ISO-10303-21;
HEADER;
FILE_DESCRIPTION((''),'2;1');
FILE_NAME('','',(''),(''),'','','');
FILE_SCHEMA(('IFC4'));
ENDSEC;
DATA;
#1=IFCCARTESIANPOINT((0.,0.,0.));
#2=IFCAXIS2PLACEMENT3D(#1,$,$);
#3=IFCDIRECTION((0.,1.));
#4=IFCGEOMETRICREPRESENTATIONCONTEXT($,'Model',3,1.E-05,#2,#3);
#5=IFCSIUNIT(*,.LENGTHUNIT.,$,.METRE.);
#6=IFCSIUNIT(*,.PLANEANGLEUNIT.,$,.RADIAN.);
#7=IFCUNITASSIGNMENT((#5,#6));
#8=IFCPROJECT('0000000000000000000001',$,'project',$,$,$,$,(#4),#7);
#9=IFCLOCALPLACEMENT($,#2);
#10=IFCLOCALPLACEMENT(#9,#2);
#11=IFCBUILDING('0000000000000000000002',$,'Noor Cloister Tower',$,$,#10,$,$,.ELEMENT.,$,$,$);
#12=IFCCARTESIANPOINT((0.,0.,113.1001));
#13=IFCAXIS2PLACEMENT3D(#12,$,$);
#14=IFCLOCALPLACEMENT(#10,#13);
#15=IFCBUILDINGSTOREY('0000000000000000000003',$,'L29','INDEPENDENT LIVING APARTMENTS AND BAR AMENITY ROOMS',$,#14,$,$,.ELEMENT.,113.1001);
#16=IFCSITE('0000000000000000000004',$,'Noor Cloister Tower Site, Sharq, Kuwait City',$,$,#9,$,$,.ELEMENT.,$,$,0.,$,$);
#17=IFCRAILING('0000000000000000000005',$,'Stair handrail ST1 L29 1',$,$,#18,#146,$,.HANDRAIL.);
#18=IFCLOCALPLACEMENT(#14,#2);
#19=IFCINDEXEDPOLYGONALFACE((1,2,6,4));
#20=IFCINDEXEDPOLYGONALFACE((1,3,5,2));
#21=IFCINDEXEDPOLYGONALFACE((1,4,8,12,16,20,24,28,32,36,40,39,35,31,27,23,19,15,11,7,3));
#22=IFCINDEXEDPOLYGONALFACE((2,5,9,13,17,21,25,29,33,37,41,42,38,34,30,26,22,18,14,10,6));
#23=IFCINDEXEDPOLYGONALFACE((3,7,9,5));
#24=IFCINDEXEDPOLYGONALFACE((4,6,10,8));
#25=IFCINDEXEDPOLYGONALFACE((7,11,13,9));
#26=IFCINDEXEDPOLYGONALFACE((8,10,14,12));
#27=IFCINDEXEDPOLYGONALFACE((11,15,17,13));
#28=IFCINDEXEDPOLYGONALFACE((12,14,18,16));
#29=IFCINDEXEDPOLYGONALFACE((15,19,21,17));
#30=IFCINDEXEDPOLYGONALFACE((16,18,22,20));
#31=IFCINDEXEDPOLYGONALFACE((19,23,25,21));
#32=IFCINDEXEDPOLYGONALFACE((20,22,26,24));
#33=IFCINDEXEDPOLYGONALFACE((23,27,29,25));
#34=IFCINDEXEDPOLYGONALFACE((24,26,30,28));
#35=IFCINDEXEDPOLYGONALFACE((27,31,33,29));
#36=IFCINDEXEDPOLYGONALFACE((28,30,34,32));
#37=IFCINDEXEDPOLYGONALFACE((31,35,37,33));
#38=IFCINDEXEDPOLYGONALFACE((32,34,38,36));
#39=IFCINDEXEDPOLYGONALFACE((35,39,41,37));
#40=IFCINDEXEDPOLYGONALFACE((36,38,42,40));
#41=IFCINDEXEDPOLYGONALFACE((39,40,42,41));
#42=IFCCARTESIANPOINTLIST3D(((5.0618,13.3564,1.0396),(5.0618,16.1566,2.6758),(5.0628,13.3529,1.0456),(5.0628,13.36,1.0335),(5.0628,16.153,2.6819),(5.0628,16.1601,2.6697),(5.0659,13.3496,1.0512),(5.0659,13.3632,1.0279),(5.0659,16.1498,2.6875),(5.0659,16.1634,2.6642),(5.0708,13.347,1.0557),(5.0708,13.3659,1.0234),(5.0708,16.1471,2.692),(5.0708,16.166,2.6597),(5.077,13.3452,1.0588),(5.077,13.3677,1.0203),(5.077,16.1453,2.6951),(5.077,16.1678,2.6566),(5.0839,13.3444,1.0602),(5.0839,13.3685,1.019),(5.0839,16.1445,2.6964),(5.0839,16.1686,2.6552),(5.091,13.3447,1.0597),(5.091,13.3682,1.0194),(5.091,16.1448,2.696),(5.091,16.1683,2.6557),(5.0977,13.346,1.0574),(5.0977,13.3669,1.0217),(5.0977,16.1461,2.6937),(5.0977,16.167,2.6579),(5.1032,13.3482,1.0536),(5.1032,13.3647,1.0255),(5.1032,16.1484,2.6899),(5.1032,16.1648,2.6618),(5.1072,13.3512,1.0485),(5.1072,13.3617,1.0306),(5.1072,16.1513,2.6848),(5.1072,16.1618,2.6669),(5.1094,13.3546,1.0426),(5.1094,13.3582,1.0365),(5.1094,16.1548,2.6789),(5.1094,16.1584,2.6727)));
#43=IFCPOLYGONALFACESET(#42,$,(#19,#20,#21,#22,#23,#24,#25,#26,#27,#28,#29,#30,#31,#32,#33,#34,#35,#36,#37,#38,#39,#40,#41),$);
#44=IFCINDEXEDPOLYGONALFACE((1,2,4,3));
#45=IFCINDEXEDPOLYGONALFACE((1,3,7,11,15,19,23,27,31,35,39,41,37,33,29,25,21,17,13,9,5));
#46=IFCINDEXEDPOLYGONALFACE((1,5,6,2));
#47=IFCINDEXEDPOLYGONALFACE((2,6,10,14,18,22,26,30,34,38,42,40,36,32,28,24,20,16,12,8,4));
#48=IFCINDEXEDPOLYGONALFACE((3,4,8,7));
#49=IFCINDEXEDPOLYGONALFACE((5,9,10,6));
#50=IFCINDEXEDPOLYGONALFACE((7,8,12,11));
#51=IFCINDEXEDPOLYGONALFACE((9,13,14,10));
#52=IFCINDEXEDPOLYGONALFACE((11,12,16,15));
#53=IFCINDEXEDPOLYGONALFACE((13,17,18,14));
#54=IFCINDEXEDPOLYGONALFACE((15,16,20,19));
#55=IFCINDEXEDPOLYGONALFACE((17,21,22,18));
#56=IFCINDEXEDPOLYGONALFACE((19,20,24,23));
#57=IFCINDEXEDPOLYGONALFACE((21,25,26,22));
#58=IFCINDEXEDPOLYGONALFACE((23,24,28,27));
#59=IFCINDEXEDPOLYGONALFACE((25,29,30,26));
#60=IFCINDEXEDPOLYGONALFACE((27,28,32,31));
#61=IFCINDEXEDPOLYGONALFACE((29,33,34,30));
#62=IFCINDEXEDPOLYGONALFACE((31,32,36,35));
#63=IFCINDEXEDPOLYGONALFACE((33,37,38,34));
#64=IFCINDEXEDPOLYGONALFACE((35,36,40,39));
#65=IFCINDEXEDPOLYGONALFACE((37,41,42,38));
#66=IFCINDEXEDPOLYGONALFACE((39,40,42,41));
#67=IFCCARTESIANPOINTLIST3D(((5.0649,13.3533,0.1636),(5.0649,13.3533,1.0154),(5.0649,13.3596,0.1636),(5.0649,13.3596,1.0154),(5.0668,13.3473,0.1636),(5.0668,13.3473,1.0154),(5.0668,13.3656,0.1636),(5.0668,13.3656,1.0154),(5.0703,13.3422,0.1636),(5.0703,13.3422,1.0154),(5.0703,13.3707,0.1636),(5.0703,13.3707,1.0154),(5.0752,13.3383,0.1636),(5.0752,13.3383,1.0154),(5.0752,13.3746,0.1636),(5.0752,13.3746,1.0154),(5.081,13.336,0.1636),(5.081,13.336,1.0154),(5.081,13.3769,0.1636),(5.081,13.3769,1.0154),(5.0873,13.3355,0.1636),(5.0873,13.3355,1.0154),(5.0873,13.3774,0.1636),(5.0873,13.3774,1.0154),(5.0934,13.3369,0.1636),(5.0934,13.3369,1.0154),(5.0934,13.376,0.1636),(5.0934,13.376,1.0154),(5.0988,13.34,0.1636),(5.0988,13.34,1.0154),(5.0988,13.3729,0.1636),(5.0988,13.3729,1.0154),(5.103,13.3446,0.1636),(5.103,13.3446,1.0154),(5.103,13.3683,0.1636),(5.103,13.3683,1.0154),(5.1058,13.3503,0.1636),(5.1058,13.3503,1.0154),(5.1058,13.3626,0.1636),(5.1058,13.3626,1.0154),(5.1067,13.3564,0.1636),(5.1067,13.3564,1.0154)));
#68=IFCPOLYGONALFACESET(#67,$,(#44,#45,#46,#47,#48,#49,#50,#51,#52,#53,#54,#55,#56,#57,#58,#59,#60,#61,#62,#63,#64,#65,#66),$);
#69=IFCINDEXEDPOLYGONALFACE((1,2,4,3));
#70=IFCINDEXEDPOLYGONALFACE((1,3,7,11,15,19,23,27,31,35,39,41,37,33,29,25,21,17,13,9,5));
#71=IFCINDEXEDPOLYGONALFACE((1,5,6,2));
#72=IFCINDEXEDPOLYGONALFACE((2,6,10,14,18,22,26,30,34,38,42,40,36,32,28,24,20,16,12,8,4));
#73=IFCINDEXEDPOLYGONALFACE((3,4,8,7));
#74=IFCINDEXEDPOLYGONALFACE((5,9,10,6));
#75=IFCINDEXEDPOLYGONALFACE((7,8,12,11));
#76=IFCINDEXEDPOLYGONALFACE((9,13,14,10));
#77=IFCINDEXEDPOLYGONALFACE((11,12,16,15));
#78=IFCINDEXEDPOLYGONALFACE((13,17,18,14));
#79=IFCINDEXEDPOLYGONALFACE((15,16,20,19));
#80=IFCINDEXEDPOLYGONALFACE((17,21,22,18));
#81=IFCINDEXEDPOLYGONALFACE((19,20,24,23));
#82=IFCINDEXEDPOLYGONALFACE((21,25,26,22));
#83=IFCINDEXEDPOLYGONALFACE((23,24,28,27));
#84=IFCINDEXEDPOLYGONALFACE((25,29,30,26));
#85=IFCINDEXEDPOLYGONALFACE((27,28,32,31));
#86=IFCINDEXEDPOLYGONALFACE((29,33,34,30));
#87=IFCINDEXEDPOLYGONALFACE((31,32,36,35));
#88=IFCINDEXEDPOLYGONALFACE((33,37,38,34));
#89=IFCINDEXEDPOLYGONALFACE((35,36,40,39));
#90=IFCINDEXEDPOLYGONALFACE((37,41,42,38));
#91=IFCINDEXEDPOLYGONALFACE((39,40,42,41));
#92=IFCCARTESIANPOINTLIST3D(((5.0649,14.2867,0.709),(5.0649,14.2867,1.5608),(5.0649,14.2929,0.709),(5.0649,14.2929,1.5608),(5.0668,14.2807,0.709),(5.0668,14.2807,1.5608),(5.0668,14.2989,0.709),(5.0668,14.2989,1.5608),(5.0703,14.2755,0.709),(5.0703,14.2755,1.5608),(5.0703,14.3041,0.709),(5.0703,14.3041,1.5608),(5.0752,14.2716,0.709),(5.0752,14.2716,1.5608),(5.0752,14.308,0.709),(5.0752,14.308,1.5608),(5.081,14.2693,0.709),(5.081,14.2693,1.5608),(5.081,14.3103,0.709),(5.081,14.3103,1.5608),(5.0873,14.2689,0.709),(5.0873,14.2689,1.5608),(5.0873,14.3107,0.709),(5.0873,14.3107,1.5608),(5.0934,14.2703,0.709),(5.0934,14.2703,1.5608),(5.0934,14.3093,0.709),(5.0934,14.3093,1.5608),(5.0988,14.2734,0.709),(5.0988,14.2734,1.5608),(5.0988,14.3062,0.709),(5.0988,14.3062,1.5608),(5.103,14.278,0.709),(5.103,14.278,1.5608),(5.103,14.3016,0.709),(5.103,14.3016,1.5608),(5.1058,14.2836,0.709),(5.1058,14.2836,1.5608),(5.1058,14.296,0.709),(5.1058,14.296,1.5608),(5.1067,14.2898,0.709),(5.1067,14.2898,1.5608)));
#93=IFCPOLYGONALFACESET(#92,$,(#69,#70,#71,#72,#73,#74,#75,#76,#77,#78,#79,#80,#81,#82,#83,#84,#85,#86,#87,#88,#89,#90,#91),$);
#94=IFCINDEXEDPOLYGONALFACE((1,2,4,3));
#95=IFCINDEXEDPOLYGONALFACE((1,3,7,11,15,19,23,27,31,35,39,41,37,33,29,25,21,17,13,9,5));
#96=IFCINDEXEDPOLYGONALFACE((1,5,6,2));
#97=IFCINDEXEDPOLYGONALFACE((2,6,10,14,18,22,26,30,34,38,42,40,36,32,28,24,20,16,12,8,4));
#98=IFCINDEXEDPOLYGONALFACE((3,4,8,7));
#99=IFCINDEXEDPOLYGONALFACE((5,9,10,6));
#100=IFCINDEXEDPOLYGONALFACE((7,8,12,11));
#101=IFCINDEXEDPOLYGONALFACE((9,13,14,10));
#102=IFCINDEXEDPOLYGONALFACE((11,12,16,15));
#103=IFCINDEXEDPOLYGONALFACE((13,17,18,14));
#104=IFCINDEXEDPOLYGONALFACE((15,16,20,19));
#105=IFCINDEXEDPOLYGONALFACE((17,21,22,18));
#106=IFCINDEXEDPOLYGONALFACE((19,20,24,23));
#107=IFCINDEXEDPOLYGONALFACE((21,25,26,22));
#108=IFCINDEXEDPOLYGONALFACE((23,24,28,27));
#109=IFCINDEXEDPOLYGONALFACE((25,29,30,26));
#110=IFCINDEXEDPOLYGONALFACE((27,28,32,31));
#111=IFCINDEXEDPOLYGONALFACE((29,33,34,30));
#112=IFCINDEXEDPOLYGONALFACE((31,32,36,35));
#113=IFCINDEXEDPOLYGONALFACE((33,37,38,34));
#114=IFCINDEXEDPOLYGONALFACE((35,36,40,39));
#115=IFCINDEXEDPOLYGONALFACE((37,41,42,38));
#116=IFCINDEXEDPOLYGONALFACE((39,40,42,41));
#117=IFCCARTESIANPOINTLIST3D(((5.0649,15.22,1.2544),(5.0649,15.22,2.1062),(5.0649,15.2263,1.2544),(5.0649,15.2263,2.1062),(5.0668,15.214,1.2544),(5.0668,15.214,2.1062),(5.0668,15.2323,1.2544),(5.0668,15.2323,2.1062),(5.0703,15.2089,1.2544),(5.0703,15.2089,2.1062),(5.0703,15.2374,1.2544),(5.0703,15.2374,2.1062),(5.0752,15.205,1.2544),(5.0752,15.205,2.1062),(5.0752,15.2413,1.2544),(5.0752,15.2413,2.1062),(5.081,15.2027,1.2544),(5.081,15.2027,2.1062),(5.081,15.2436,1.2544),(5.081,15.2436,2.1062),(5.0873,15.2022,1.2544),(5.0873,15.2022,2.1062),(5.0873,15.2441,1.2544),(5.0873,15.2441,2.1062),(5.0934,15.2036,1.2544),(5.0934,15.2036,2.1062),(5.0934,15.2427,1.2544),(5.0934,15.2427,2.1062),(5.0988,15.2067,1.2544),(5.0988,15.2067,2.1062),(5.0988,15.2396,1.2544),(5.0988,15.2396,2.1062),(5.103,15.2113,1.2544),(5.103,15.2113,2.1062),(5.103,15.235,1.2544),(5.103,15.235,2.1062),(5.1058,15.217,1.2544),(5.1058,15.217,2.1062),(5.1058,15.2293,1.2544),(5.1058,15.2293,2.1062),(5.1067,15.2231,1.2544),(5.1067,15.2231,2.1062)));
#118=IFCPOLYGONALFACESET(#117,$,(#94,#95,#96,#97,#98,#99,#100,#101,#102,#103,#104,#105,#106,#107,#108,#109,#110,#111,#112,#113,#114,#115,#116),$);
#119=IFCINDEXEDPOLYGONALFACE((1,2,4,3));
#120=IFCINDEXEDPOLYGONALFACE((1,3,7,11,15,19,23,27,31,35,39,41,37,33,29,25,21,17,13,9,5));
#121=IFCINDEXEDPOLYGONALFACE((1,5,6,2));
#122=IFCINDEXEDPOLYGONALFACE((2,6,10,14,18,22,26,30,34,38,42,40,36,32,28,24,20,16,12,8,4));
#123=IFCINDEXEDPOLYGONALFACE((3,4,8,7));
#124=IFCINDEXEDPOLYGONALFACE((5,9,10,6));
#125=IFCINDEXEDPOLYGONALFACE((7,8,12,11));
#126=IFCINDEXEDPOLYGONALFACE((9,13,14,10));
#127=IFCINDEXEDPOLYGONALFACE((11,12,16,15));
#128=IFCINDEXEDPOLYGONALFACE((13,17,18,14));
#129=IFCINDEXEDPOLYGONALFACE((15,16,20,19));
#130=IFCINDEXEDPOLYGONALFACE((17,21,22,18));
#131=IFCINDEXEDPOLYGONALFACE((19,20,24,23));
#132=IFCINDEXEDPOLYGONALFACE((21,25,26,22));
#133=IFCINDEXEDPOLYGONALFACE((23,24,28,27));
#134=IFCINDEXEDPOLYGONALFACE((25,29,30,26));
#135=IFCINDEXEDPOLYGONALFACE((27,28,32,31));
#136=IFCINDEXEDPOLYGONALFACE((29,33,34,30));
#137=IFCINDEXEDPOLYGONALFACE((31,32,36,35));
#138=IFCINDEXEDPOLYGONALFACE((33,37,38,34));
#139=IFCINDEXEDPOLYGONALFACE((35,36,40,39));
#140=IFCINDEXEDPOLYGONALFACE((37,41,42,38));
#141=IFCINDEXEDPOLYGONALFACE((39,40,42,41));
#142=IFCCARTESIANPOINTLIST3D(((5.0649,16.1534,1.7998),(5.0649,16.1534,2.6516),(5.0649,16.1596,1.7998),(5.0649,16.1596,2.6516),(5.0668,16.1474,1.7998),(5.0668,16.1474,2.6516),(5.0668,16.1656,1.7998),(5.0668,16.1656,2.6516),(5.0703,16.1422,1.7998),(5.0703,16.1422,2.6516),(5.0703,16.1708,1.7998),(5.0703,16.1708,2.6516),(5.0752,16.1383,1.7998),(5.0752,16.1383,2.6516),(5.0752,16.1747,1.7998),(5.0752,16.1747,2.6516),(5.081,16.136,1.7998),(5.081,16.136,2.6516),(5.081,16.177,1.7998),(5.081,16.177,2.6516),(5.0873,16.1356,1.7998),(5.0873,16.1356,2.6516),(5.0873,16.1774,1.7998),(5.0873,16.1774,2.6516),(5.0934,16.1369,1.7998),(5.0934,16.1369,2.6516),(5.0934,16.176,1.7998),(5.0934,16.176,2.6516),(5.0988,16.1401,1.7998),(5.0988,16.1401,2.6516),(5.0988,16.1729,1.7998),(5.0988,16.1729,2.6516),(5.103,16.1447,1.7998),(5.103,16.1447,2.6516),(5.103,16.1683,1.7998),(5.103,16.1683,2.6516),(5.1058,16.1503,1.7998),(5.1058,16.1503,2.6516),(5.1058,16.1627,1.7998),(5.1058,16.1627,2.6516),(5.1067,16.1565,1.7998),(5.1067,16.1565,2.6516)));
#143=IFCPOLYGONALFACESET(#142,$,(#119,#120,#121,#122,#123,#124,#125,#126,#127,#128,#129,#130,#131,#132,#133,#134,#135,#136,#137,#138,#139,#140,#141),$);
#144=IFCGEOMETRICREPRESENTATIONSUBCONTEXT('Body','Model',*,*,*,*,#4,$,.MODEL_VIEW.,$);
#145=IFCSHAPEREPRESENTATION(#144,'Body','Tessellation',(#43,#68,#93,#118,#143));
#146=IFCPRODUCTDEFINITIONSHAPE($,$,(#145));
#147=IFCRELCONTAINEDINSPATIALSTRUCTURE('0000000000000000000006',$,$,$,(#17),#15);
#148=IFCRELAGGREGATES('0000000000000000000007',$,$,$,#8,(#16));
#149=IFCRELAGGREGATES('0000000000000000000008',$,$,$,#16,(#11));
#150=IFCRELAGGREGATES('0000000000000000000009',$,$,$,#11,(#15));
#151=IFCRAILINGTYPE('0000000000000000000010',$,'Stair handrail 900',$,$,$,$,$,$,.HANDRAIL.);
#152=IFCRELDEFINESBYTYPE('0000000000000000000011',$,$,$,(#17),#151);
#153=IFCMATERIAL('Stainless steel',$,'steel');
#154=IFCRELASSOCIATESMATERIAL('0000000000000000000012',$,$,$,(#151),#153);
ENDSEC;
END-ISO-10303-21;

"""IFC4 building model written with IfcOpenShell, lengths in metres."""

from ifc_helpers import new_model, si_unit, direction, frame, origin, origin_2d, place, context, subcontext, project, spatial, circle, extrude, material, type_object, element, save


model = new_model("IFC4")

# Units and contexts
model_context = context("Model", 3, precision=1e-05, world=origin(), true_north=direction((0.0, 1.0)))
body_context = subcontext(model_context, "Body", "Model", "MODEL_VIEW")
ifc_project = project(units=[si_unit("LENGTHUNIT", "METRE"), si_unit("PLANEANGLEUNIT", "RADIAN")], contexts=[model_context])

# Site, building, storey
site_placement = place(None, origin())
site = spatial("IfcSite", under=ifc_project, at=site_placement, Name="Noor Cloister Tower Site, Sharq, Kuwait City", CompositionType="ELEMENT", RefElevation=0.0)
building_placement = place(site_placement, origin())
building = spatial("IfcBuilding", under=site, at=building_placement, Name="Noor Cloister Tower", CompositionType="ELEMENT")
storey_placement = place(building_placement, frame((0.0, 0.0, 113.1001)))
storey = spatial("IfcBuildingStorey", under=building, at=storey_placement, Name="L29", Description="INDEPENDENT LIVING APARTMENTS AND BAR AMENITY ROOMS", CompositionType="ELEMENT", Elevation=113.1001)

# Railing
ifc_material_1 = material(Name="Stainless steel", Category="steel")
railing_type_1 = type_object("IfcRailingType", Name="Stair handrail 900", PredefinedType="HANDRAIL", material=ifc_material_1)
railing_1_placement = place(storey_placement, frame((5.0857, 13.3564, 0.1636)))
element("IfcRailing", 1, at=railing_1_placement, inside=storey, type_object=railing_type_1, Name="Stair handrail ST1 L29 1", PredefinedType="HANDRAIL", context=body_context, shape_type="SweptSolid", body=[
    extrude(circle(Radius=0.0239, at=origin_2d()), frame((0.0, 0.0, 0.876), z_axis=(0.0, 0.863394, 0.504531), x_axis=(-1.0, 0.0, 0.0)), (0.0, 0.0, 1.0), 3.2432),
    extrude(circle(Radius=0.021, at=origin_2d()), origin(), (0.0, 0.0, 1.0), 0.8518),
    extrude(circle(Radius=0.021, at=origin_2d()), frame((0.0, 0.9333, 0.5454)), (0.0, 0.0, 1.0), 0.8518),
    extrude(circle(Radius=0.021, at=origin_2d()), frame((0.0, 1.8667, 1.0908)), (0.0, 0.0, 1.0), 0.8518),
    extrude(circle(Radius=0.021, at=origin_2d()), frame((0.0, 2.8, 1.6362)), (0.0, 0.0, 1.0), 0.8518),
])

save(model, "model.ifc")
